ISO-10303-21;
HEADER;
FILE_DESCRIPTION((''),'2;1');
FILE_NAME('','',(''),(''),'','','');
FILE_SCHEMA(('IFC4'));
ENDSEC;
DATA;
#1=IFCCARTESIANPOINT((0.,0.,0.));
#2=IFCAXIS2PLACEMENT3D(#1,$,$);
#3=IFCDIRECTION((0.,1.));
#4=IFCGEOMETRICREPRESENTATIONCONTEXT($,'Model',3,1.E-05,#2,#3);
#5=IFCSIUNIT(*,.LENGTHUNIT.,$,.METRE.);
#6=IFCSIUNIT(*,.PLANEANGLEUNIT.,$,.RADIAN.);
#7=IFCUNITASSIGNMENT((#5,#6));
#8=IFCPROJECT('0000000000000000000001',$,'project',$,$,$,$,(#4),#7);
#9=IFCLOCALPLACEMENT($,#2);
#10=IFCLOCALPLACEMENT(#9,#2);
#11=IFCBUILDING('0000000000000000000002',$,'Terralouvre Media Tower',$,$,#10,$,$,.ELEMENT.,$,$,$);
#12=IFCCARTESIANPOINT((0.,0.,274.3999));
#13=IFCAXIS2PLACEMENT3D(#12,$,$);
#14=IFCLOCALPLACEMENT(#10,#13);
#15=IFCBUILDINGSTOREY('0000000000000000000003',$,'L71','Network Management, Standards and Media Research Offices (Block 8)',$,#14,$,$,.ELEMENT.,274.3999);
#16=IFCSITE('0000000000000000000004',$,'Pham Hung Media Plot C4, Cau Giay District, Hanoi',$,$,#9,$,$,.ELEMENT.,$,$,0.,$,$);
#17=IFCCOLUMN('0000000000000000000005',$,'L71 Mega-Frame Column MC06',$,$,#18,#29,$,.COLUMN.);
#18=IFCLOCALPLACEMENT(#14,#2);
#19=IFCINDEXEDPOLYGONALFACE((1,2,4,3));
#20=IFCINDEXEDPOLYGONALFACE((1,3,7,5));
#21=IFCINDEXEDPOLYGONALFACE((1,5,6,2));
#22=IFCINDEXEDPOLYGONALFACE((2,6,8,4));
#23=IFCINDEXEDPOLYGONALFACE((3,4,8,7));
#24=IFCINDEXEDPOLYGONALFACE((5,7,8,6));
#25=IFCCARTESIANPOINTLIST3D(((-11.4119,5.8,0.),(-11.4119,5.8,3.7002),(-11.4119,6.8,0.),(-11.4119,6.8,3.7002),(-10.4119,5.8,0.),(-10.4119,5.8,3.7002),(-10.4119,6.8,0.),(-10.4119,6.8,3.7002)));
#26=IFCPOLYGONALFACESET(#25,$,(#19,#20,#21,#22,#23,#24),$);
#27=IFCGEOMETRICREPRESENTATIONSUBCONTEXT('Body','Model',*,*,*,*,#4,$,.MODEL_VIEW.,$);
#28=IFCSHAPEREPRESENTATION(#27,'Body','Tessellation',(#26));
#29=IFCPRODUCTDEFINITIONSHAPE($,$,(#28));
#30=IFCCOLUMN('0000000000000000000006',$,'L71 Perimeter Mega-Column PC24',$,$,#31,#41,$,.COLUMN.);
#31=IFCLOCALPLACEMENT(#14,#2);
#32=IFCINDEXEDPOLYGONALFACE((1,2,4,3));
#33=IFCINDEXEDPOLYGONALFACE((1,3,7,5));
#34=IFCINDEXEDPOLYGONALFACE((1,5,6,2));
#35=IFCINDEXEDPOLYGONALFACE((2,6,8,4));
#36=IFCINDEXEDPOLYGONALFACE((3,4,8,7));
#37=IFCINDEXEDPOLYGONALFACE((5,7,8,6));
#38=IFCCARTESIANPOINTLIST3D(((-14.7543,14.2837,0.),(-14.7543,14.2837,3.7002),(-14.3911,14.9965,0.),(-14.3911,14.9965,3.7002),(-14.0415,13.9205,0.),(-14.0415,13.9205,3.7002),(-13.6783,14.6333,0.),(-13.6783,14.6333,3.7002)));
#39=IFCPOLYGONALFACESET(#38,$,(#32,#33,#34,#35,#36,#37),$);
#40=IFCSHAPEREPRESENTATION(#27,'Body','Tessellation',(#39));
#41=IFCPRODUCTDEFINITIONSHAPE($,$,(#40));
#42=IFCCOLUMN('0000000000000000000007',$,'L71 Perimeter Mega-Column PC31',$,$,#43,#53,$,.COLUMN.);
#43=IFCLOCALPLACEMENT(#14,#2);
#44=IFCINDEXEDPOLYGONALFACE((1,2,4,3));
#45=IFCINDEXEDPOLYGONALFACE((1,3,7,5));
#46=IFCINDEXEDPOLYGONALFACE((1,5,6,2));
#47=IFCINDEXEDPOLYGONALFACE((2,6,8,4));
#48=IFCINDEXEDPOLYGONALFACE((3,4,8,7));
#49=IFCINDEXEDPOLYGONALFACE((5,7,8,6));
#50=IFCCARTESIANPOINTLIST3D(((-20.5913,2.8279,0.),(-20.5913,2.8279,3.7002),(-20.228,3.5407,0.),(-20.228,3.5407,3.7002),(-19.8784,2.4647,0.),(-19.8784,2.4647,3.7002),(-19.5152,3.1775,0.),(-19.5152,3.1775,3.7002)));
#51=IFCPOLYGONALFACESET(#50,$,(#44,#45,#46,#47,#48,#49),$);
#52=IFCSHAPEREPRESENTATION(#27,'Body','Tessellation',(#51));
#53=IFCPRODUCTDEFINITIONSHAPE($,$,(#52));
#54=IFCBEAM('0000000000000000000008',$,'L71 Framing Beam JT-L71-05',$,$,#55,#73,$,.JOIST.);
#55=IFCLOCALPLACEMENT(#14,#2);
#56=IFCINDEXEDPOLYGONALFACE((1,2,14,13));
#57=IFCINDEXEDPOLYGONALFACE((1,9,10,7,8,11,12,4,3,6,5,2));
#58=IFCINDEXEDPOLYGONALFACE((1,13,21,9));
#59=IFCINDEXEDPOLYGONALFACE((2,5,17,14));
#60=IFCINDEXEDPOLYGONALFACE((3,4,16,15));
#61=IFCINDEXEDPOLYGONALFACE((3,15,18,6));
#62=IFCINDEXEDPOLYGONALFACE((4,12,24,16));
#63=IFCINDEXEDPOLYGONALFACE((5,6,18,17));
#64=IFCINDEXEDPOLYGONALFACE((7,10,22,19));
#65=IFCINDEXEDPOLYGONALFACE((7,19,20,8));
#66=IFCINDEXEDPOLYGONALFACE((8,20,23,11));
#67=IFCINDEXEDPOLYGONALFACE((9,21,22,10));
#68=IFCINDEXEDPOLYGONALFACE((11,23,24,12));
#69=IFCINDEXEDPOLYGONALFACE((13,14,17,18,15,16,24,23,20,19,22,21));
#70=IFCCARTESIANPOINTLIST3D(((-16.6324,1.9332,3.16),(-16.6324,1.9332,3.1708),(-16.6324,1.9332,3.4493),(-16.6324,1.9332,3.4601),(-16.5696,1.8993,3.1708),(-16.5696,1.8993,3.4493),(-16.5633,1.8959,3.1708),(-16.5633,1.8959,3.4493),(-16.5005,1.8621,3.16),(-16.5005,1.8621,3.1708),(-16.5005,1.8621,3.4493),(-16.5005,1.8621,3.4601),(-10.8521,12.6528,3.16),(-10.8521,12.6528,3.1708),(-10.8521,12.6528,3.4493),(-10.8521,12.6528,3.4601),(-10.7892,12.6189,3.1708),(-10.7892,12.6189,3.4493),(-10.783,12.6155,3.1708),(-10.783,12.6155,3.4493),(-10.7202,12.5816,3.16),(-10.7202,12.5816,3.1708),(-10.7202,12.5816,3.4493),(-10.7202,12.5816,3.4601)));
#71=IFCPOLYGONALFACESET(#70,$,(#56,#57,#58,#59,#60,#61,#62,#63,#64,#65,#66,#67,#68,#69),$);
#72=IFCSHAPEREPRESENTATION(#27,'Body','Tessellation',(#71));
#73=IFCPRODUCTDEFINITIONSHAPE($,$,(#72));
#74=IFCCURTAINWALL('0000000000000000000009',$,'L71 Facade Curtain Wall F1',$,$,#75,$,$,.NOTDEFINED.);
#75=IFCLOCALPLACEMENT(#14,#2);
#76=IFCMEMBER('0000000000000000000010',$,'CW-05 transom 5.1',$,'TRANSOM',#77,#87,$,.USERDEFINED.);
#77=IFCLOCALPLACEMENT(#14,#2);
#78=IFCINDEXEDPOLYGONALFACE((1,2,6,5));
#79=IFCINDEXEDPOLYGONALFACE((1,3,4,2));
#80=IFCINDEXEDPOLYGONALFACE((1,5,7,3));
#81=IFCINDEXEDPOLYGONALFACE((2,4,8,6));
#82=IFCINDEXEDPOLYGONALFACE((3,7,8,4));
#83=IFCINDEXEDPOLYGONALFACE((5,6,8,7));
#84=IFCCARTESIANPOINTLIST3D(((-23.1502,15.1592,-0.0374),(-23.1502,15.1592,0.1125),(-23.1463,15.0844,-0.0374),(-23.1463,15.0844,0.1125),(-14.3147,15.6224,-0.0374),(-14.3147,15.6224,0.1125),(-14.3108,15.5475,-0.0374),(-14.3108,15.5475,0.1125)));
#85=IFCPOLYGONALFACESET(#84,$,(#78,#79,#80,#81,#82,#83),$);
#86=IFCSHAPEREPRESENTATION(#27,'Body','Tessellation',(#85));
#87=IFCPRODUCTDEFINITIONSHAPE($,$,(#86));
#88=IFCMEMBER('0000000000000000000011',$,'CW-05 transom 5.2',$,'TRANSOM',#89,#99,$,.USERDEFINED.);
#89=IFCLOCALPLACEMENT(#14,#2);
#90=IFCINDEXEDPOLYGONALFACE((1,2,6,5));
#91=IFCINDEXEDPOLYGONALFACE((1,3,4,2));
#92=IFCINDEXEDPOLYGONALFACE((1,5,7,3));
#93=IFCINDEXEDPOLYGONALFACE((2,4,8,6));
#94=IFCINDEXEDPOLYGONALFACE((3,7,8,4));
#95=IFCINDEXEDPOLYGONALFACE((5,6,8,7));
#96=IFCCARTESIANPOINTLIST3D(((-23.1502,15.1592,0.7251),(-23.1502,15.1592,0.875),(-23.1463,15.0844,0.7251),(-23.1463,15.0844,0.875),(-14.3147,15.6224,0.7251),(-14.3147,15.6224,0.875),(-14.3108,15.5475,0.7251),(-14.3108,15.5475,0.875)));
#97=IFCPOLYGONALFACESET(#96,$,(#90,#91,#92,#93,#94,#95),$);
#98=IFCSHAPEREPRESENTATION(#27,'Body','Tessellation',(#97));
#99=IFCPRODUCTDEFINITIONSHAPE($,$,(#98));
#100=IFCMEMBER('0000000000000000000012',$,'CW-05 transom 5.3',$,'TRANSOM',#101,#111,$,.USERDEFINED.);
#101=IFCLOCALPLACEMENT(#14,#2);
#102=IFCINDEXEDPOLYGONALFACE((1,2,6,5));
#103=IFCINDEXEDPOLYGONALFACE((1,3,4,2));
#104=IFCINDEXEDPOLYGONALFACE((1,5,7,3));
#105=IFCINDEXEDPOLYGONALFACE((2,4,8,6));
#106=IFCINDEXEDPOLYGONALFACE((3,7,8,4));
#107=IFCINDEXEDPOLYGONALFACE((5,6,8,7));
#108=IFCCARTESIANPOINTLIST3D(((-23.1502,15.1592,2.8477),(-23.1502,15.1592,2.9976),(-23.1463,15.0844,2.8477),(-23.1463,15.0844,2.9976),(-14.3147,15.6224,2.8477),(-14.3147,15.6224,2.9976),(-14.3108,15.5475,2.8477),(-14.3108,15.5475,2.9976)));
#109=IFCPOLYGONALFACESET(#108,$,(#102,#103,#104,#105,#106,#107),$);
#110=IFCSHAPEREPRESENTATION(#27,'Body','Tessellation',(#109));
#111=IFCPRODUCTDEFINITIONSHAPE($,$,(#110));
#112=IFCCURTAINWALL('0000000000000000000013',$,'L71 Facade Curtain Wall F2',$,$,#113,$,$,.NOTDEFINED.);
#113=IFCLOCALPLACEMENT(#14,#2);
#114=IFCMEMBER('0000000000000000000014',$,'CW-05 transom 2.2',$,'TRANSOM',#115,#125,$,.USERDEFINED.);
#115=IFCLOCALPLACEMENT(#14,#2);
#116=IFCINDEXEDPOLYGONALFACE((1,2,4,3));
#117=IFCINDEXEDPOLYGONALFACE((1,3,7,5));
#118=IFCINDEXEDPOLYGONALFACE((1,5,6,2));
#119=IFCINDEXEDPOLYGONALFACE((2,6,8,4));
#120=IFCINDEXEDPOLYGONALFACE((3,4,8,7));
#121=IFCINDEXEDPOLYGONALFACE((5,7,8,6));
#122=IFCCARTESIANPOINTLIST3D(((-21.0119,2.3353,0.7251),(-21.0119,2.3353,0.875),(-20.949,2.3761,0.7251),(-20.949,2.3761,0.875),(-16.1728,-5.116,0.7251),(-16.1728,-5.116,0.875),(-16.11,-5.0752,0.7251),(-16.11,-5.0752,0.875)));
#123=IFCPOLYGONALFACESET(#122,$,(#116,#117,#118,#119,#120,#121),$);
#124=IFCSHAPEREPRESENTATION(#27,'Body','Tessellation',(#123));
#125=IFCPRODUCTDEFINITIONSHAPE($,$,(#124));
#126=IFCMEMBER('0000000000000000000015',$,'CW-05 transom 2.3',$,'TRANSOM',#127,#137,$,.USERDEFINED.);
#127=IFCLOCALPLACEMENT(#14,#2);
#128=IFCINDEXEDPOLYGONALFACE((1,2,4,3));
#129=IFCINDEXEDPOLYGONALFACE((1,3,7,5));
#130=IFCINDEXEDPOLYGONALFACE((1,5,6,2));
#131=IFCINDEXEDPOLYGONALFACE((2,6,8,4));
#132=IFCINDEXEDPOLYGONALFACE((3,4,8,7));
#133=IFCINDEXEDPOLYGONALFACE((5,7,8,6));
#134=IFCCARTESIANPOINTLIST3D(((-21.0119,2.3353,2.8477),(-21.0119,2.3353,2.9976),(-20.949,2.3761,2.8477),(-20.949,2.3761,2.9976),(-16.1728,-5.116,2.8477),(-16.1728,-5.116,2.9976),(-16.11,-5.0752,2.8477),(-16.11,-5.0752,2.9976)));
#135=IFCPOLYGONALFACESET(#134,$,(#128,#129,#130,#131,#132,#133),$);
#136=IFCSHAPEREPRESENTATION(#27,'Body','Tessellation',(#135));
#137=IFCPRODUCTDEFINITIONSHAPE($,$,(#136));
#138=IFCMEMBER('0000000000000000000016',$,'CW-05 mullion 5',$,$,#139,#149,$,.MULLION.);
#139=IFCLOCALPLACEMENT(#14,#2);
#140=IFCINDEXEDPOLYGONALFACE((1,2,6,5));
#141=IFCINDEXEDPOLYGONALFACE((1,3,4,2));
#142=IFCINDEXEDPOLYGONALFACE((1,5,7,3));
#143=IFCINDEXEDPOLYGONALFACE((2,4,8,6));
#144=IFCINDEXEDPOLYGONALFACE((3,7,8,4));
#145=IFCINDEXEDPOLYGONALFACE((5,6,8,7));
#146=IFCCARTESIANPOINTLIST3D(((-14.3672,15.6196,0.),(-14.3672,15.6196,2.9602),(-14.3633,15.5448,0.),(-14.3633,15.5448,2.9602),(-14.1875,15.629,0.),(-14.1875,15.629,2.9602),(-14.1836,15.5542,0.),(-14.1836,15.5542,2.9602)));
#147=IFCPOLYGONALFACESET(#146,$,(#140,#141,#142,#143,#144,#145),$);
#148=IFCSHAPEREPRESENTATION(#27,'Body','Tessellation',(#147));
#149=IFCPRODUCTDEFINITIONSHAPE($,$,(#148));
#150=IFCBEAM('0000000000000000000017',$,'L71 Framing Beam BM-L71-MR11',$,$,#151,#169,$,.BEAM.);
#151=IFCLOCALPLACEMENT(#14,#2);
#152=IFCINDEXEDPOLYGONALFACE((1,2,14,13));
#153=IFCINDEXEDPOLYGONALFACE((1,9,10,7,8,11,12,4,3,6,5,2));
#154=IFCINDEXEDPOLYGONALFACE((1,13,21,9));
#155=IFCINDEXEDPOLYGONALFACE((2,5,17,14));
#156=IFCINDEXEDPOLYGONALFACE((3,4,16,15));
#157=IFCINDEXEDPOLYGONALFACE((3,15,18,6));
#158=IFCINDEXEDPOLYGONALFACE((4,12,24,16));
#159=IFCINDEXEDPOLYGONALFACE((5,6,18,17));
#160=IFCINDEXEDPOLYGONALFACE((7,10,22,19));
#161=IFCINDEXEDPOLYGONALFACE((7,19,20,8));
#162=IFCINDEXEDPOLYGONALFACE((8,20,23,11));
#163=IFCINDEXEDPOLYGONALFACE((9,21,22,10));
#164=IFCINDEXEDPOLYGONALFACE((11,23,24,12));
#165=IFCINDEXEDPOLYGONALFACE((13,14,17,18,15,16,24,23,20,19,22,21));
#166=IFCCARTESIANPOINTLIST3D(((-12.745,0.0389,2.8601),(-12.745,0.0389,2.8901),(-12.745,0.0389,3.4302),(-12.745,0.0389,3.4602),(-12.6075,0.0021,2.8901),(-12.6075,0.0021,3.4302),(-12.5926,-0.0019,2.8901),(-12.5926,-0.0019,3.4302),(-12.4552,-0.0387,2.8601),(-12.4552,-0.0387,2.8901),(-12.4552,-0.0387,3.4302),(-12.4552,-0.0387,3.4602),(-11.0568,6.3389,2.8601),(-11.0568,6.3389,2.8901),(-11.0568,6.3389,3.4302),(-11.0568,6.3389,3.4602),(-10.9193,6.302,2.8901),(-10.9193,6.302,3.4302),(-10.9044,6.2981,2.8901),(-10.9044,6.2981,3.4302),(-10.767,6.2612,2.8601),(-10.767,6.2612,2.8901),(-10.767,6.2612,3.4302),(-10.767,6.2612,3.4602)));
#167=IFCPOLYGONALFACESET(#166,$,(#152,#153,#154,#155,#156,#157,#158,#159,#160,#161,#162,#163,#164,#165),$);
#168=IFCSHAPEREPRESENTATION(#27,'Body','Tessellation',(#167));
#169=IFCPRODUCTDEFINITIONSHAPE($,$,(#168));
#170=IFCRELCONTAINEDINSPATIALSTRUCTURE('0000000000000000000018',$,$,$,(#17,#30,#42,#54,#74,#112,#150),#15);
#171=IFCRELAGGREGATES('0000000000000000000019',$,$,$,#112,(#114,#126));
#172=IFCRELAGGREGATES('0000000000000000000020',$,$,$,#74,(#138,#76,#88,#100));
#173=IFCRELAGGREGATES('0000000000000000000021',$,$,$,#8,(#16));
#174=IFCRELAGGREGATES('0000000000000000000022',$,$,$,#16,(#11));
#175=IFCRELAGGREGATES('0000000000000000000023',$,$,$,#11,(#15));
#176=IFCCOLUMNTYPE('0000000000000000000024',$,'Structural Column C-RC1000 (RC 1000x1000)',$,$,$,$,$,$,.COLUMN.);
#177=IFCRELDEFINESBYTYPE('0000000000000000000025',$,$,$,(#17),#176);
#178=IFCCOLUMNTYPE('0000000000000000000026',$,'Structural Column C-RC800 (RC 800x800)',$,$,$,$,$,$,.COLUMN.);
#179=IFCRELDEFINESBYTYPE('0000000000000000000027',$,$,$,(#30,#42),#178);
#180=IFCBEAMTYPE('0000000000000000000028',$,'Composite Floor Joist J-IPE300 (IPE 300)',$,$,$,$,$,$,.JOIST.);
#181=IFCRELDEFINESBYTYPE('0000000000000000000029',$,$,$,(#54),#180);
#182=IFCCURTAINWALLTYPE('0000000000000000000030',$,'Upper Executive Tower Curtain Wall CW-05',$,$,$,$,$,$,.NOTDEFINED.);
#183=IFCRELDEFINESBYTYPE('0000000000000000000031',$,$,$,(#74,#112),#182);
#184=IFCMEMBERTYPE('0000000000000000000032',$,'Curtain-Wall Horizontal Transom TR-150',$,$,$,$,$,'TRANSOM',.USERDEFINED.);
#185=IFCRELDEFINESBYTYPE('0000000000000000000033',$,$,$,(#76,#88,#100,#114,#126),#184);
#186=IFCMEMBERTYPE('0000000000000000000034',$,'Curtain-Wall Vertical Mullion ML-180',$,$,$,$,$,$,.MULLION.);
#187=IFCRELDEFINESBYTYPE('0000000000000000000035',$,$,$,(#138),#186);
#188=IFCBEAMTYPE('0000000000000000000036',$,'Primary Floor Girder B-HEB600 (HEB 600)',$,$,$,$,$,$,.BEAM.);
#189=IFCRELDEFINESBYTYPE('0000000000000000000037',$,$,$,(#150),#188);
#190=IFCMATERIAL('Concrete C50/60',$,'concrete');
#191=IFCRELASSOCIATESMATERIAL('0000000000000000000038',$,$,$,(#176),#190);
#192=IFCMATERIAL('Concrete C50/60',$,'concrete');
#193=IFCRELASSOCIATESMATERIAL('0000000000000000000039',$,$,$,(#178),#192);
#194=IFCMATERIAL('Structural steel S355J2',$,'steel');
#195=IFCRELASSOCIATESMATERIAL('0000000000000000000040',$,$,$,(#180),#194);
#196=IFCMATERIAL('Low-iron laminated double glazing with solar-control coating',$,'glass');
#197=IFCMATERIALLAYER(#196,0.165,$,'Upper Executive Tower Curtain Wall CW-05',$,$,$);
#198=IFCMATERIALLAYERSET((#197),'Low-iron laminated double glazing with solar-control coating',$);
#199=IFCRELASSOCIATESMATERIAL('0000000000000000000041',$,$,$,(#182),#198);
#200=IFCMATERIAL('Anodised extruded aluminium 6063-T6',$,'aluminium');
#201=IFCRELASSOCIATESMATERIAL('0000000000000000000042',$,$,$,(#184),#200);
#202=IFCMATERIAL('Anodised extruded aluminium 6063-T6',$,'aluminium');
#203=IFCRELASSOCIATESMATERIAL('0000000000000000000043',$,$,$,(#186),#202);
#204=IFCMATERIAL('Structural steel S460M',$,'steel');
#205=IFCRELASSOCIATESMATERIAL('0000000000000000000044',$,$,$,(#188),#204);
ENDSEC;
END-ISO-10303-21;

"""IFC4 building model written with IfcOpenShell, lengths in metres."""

from ifc_helpers import new_model, si_unit, direction, frame, origin, origin_2d, place, context, subcontext, project, spatial, rectangle, i_section, extrude, material, layer, layer_set, material_profile, profile_set, type_object, element, aggregate, save


model = new_model("IFC4")

# Units and contexts
model_context = context("Model", 3, precision=1e-05, world=origin(), true_north=direction((0.0, 1.0)))
body_context = subcontext(model_context, "Body", "Model", "MODEL_VIEW")
ifc_project = project(units=[si_unit("LENGTHUNIT", "METRE"), si_unit("PLANEANGLEUNIT", "RADIAN")], contexts=[model_context])

# Site, building, storey
site_placement = place(None, origin())
site = spatial("IfcSite", under=ifc_project, at=site_placement, Name="Pham Hung Media Plot C4, Cau Giay District, Hanoi", CompositionType="ELEMENT", RefElevation=0.0)
building_placement = place(site_placement, origin())
building = spatial("IfcBuilding", under=site, at=building_placement, Name="Terralouvre Media Tower", CompositionType="ELEMENT")
storey_placement = place(building_placement, frame((0.0, 0.0, 274.3999)))
storey = spatial("IfcBuildingStorey", under=building, at=storey_placement, Name="L71", Description="Network Management, Standards and Media Research Offices (Block 8)", CompositionType="ELEMENT", Elevation=274.3999)

# Columns
ifc_material_1 = material(Name="Concrete C50/60", Category="concrete")
ifc_material_profile_1 = material_profile(ifc_material_1, rectangle(XDim=1.0, YDim=1.0, at=origin_2d()), Name="RC 1000x1000")
ifc_profile_set_1 = profile_set([ifc_material_profile_1], Name="Concrete C50/60")
column_type_1 = type_object("IfcColumnType", Name="Structural Column C-RC1000 (RC 1000x1000)", PredefinedType="COLUMN", material=ifc_profile_set_1)
column_placement = place(storey_placement, frame((-10.9119, 6.3, 0.0), z_axis=(0.0, 0.0, 1.0), x_axis=(1.0, 0.0, 0.0)))
element("IfcColumn", 1, at=column_placement, inside=storey, type_object=column_type_1, Name="L71 Mega-Frame Column MC06", PredefinedType="COLUMN", context=body_context, shape_type="SweptSolid", body=[
    extrude(rectangle(XDim=1.0, YDim=1.0, at=origin_2d()), origin(), (0.0, 0.0, 1.0), 3.7002),
])
ifc_material_2 = material(Name="Concrete C50/60", Category="concrete")
ifc_material_profile_2 = material_profile(ifc_material_2, rectangle(XDim=0.8, YDim=0.8, at=origin_2d()), Name="RC 800x800")
ifc_profile_set_2 = profile_set([ifc_material_profile_2], Name="Concrete C50/60")
column_type_2 = type_object("IfcColumnType", Name="Structural Column C-RC800 (RC 800x800)", PredefinedType="COLUMN", material=ifc_profile_set_2)
for number, where, z_axis, x_axis, name in (
    (2, (-14.2163, 14.4585, 0.0), (0.0, 0.0, 1.0), (0.45399, 0.891007, 0.0), "L71 Perimeter Mega-Column PC24"),
    (3, (-20.0532, 3.0027, 0.0), (0.0, 0.0, 1.0), (0.45399, 0.891007, 0.0), "L71 Perimeter Mega-Column PC31"),
):
    element("IfcColumn", number, at=place(storey_placement, frame(where, z_axis=z_axis, x_axis=x_axis)), inside=storey, type_object=column_type_2, Name=name, PredefinedType="COLUMN", context=body_context, shape_type="SweptSolid", body=[
        extrude(rectangle(XDim=0.8, YDim=0.8, at=origin_2d()), origin(), (0.0, 0.0, 1.0), 3.7002),
    ])

# Beam
ifc_material_3 = material(Name="Structural steel S355J2", Category="steel")
ifc_material_profile_3 = material_profile(ifc_material_3, i_section(OverallWidth=0.1499, OverallDepth=0.3, WebThickness=0.0071, FlangeThickness=0.0107, at=origin_2d()), Name="IPE 300")
ifc_profile_set_3 = profile_set([ifc_material_profile_3], Name="Structural steel S355J2")
beam_type_1 = type_object("IfcBeamType", Name="Composite Floor Joist J-IPE300 (IPE 300)", PredefinedType="JOIST", material=ifc_profile_set_3)
beam_1_placement = place(storey_placement, frame((-10.7861, 12.6172, 3.3101), z_axis=(-0.474625, -0.880188, 0.0), x_axis=(0.880188, -0.474625, 0.0)))
element("IfcBeam", 4, at=beam_1_placement, inside=storey, type_object=beam_type_1, Name="L71 Framing Beam JT-L71-05", PredefinedType="JOIST", context=body_context, shape_type="SweptSolid", body=[
    extrude(i_section(OverallWidth=0.1499, OverallDepth=0.3, WebThickness=0.0071, FlangeThickness=0.0107, at=origin_2d()), origin(), (0.0, 0.0, 1.0), 12.1787),
])

# Curtain walls, members
ifc_material_4 = material(Name="Low-iron laminated double glazing with solar-control coating", Category="glass")
ifc_layer_1 = layer(ifc_material_4, 0.165, Name="Upper Executive Tower Curtain Wall CW-05")
ifc_layer_set_1 = layer_set([ifc_layer_1], Name="Low-iron laminated double glazing with solar-control coating")
curtain_wall_type = type_object("IfcCurtainWallType", Name="Upper Executive Tower Curtain Wall CW-05", PredefinedType="NOTDEFINED", material=ifc_layer_set_1)
curtain_wall_1_placement = place(storey_placement, origin())
curtain_wall_1 = element("IfcCurtainWall", 5, at=curtain_wall_1_placement, inside=storey, type_object=curtain_wall_type, Name="L71 Facade Curtain Wall F1", PredefinedType="NOTDEFINED")
ifc_material_5 = material(Name="Anodised extruded aluminium 6063-T6", Category="aluminium")
ifc_material_profile_4 = material_profile(ifc_material_5, rectangle(XDim=0.075, YDim=0.1499, at=origin_2d()), Name="ALU 75x150")
ifc_profile_set_4 = profile_set([ifc_material_profile_4], Name="Anodised extruded aluminium 6063-T6")
member_type_1 = type_object("IfcMemberType", Name="Curtain-Wall Horizontal Transom TR-150", ElementType="TRANSOM", PredefinedType="USERDEFINED", material=ifc_profile_set_4)
member_1_placement = place(storey_placement, frame((-14.3127, 15.585, 0.0376), z_axis=(-0.998629, -0.052346, 0.0), x_axis=(0.052346, -0.998629, 0.0)))
member_1 = element("IfcMember", 6, at=member_1_placement, type_object=member_type_1, Name="CW-05 transom 5.1", ObjectType="TRANSOM", PredefinedType="USERDEFINED", context=body_context, shape_type="SweptSolid", body=[
    extrude(rectangle(XDim=0.075, YDim=0.1499, at=origin_2d()), origin(), (0.0, 0.0, 1.0), 8.8477),
])
member_2_placement = place(storey_placement, frame((-14.3127, 15.585, 0.8), z_axis=(-0.998629, -0.052346, 0.0), x_axis=(0.052346, -0.998629, 0.0)))
member_2 = element("IfcMember", 7, at=member_2_placement, type_object=member_type_1, Name="CW-05 transom 5.2", ObjectType="TRANSOM", PredefinedType="USERDEFINED", context=body_context, shape_type="SweptSolid", body=[
    extrude(rectangle(XDim=0.075, YDim=0.1499, at=origin_2d()), origin(), (0.0, 0.0, 1.0), 8.8477),
])
member_3_placement = place(storey_placement, frame((-14.3127, 15.585, 2.9226), z_axis=(-0.998629, -0.052346, 0.0), x_axis=(0.052346, -0.998629, 0.0)))
member_3 = element("IfcMember", 8, at=member_3_placement, type_object=member_type_1, Name="CW-05 transom 5.3", ObjectType="TRANSOM", PredefinedType="USERDEFINED", context=body_context, shape_type="SweptSolid", body=[
    extrude(rectangle(XDim=0.075, YDim=0.1499, at=origin_2d()), origin(), (0.0, 0.0, 1.0), 8.8477),
])
curtain_wall_2_placement = place(storey_placement, origin())
curtain_wall_2 = element("IfcCurtainWall", 9, at=curtain_wall_2_placement, inside=storey, type_object=curtain_wall_type, Name="L71 Facade Curtain Wall F2", PredefinedType="NOTDEFINED")
member_4_placement = place(storey_placement, frame((-20.9805, 2.3557, 0.8), z_axis=(0.544647, -0.838665, 0.0), x_axis=(0.838665, 0.544647, 0.0)))
member_4 = element("IfcMember", 10, at=member_4_placement, type_object=member_type_1, Name="CW-05 transom 2.2", ObjectType="TRANSOM", PredefinedType="USERDEFINED", context=body_context, shape_type="SweptSolid", body=[
    extrude(rectangle(XDim=0.075, YDim=0.1499, at=origin_2d()), origin(), (0.0, 0.0, 1.0), 8.8848),
])
member_5_placement = place(storey_placement, frame((-20.9805, 2.3557, 2.9226), z_axis=(0.544647, -0.838665, 0.0), x_axis=(0.838665, 0.544647, 0.0)))
member_5 = element("IfcMember", 11, at=member_5_placement, type_object=member_type_1, Name="CW-05 transom 2.3", ObjectType="TRANSOM", PredefinedType="USERDEFINED", context=body_context, shape_type="SweptSolid", body=[
    extrude(rectangle(XDim=0.075, YDim=0.1499, at=origin_2d()), origin(), (0.0, 0.0, 1.0), 8.8848),
])
aggregate(curtain_wall_2, [member_4, member_5])

# Member
ifc_material_6 = material(Name="Anodised extruded aluminium 6063-T6", Category="aluminium")
ifc_material_profile_5 = material_profile(ifc_material_6, rectangle(XDim=0.075, YDim=0.1799, at=origin_2d()), Name="ALU 75x180")
ifc_profile_set_5 = profile_set([ifc_material_profile_5], Name="Anodised extruded aluminium 6063-T6")
member_type_2 = type_object("IfcMemberType", Name="Curtain-Wall Vertical Mullion ML-180", PredefinedType="MULLION", material=ifc_profile_set_5)
member_6_placement = place(storey_placement, frame((-14.2754, 15.5869, 0.0), z_axis=(0.0, 0.0, 1.0), x_axis=(0.052336, -0.99863, 0.0)))
member_6 = element("IfcMember", 12, at=member_6_placement, type_object=member_type_2, Name="CW-05 mullion 5", PredefinedType="MULLION", context=body_context, shape_type="SweptSolid", body=[
    extrude(rectangle(XDim=0.075, YDim=0.1799, at=origin_2d()), origin(), (0.0, 0.0, 1.0), 2.9602),
])

# Beam
ifc_material_7 = material(Name="Structural steel S460M", Category="steel")
ifc_material_profile_6 = material_profile(ifc_material_7, i_section(OverallWidth=0.3, OverallDepth=0.6001, WebThickness=0.0154, FlangeThickness=0.03, at=origin_2d()), Name="HEB 600")
ifc_profile_set_6 = profile_set([ifc_material_profile_6], Name="Structural steel S460M")
beam_type_2 = type_object("IfcBeamType", Name="Primary Floor Girder B-HEB600 (HEB 600)", PredefinedType="BEAM", material=ifc_profile_set_6)
beam_2_placement = place(storey_placement, frame((-10.9119, 6.3, 3.1602), z_axis=(-0.258839, -0.96592, 0.0), x_axis=(0.96592, -0.258839, 0.0)))
element("IfcBeam", 13, at=beam_2_placement, inside=storey, type_object=beam_type_2, Name="L71 Framing Beam BM-L71-MR11", PredefinedType="BEAM", context=body_context, shape_type="SweptSolid", body=[
    extrude(i_section(OverallWidth=0.3, OverallDepth=0.6001, WebThickness=0.0154, FlangeThickness=0.03, at=origin_2d()), origin(), (0.0, 0.0, 1.0), 6.5222),
])

aggregate(curtain_wall_1, [member_6, member_1, member_2, member_3])

save(model, "model.ifc")
